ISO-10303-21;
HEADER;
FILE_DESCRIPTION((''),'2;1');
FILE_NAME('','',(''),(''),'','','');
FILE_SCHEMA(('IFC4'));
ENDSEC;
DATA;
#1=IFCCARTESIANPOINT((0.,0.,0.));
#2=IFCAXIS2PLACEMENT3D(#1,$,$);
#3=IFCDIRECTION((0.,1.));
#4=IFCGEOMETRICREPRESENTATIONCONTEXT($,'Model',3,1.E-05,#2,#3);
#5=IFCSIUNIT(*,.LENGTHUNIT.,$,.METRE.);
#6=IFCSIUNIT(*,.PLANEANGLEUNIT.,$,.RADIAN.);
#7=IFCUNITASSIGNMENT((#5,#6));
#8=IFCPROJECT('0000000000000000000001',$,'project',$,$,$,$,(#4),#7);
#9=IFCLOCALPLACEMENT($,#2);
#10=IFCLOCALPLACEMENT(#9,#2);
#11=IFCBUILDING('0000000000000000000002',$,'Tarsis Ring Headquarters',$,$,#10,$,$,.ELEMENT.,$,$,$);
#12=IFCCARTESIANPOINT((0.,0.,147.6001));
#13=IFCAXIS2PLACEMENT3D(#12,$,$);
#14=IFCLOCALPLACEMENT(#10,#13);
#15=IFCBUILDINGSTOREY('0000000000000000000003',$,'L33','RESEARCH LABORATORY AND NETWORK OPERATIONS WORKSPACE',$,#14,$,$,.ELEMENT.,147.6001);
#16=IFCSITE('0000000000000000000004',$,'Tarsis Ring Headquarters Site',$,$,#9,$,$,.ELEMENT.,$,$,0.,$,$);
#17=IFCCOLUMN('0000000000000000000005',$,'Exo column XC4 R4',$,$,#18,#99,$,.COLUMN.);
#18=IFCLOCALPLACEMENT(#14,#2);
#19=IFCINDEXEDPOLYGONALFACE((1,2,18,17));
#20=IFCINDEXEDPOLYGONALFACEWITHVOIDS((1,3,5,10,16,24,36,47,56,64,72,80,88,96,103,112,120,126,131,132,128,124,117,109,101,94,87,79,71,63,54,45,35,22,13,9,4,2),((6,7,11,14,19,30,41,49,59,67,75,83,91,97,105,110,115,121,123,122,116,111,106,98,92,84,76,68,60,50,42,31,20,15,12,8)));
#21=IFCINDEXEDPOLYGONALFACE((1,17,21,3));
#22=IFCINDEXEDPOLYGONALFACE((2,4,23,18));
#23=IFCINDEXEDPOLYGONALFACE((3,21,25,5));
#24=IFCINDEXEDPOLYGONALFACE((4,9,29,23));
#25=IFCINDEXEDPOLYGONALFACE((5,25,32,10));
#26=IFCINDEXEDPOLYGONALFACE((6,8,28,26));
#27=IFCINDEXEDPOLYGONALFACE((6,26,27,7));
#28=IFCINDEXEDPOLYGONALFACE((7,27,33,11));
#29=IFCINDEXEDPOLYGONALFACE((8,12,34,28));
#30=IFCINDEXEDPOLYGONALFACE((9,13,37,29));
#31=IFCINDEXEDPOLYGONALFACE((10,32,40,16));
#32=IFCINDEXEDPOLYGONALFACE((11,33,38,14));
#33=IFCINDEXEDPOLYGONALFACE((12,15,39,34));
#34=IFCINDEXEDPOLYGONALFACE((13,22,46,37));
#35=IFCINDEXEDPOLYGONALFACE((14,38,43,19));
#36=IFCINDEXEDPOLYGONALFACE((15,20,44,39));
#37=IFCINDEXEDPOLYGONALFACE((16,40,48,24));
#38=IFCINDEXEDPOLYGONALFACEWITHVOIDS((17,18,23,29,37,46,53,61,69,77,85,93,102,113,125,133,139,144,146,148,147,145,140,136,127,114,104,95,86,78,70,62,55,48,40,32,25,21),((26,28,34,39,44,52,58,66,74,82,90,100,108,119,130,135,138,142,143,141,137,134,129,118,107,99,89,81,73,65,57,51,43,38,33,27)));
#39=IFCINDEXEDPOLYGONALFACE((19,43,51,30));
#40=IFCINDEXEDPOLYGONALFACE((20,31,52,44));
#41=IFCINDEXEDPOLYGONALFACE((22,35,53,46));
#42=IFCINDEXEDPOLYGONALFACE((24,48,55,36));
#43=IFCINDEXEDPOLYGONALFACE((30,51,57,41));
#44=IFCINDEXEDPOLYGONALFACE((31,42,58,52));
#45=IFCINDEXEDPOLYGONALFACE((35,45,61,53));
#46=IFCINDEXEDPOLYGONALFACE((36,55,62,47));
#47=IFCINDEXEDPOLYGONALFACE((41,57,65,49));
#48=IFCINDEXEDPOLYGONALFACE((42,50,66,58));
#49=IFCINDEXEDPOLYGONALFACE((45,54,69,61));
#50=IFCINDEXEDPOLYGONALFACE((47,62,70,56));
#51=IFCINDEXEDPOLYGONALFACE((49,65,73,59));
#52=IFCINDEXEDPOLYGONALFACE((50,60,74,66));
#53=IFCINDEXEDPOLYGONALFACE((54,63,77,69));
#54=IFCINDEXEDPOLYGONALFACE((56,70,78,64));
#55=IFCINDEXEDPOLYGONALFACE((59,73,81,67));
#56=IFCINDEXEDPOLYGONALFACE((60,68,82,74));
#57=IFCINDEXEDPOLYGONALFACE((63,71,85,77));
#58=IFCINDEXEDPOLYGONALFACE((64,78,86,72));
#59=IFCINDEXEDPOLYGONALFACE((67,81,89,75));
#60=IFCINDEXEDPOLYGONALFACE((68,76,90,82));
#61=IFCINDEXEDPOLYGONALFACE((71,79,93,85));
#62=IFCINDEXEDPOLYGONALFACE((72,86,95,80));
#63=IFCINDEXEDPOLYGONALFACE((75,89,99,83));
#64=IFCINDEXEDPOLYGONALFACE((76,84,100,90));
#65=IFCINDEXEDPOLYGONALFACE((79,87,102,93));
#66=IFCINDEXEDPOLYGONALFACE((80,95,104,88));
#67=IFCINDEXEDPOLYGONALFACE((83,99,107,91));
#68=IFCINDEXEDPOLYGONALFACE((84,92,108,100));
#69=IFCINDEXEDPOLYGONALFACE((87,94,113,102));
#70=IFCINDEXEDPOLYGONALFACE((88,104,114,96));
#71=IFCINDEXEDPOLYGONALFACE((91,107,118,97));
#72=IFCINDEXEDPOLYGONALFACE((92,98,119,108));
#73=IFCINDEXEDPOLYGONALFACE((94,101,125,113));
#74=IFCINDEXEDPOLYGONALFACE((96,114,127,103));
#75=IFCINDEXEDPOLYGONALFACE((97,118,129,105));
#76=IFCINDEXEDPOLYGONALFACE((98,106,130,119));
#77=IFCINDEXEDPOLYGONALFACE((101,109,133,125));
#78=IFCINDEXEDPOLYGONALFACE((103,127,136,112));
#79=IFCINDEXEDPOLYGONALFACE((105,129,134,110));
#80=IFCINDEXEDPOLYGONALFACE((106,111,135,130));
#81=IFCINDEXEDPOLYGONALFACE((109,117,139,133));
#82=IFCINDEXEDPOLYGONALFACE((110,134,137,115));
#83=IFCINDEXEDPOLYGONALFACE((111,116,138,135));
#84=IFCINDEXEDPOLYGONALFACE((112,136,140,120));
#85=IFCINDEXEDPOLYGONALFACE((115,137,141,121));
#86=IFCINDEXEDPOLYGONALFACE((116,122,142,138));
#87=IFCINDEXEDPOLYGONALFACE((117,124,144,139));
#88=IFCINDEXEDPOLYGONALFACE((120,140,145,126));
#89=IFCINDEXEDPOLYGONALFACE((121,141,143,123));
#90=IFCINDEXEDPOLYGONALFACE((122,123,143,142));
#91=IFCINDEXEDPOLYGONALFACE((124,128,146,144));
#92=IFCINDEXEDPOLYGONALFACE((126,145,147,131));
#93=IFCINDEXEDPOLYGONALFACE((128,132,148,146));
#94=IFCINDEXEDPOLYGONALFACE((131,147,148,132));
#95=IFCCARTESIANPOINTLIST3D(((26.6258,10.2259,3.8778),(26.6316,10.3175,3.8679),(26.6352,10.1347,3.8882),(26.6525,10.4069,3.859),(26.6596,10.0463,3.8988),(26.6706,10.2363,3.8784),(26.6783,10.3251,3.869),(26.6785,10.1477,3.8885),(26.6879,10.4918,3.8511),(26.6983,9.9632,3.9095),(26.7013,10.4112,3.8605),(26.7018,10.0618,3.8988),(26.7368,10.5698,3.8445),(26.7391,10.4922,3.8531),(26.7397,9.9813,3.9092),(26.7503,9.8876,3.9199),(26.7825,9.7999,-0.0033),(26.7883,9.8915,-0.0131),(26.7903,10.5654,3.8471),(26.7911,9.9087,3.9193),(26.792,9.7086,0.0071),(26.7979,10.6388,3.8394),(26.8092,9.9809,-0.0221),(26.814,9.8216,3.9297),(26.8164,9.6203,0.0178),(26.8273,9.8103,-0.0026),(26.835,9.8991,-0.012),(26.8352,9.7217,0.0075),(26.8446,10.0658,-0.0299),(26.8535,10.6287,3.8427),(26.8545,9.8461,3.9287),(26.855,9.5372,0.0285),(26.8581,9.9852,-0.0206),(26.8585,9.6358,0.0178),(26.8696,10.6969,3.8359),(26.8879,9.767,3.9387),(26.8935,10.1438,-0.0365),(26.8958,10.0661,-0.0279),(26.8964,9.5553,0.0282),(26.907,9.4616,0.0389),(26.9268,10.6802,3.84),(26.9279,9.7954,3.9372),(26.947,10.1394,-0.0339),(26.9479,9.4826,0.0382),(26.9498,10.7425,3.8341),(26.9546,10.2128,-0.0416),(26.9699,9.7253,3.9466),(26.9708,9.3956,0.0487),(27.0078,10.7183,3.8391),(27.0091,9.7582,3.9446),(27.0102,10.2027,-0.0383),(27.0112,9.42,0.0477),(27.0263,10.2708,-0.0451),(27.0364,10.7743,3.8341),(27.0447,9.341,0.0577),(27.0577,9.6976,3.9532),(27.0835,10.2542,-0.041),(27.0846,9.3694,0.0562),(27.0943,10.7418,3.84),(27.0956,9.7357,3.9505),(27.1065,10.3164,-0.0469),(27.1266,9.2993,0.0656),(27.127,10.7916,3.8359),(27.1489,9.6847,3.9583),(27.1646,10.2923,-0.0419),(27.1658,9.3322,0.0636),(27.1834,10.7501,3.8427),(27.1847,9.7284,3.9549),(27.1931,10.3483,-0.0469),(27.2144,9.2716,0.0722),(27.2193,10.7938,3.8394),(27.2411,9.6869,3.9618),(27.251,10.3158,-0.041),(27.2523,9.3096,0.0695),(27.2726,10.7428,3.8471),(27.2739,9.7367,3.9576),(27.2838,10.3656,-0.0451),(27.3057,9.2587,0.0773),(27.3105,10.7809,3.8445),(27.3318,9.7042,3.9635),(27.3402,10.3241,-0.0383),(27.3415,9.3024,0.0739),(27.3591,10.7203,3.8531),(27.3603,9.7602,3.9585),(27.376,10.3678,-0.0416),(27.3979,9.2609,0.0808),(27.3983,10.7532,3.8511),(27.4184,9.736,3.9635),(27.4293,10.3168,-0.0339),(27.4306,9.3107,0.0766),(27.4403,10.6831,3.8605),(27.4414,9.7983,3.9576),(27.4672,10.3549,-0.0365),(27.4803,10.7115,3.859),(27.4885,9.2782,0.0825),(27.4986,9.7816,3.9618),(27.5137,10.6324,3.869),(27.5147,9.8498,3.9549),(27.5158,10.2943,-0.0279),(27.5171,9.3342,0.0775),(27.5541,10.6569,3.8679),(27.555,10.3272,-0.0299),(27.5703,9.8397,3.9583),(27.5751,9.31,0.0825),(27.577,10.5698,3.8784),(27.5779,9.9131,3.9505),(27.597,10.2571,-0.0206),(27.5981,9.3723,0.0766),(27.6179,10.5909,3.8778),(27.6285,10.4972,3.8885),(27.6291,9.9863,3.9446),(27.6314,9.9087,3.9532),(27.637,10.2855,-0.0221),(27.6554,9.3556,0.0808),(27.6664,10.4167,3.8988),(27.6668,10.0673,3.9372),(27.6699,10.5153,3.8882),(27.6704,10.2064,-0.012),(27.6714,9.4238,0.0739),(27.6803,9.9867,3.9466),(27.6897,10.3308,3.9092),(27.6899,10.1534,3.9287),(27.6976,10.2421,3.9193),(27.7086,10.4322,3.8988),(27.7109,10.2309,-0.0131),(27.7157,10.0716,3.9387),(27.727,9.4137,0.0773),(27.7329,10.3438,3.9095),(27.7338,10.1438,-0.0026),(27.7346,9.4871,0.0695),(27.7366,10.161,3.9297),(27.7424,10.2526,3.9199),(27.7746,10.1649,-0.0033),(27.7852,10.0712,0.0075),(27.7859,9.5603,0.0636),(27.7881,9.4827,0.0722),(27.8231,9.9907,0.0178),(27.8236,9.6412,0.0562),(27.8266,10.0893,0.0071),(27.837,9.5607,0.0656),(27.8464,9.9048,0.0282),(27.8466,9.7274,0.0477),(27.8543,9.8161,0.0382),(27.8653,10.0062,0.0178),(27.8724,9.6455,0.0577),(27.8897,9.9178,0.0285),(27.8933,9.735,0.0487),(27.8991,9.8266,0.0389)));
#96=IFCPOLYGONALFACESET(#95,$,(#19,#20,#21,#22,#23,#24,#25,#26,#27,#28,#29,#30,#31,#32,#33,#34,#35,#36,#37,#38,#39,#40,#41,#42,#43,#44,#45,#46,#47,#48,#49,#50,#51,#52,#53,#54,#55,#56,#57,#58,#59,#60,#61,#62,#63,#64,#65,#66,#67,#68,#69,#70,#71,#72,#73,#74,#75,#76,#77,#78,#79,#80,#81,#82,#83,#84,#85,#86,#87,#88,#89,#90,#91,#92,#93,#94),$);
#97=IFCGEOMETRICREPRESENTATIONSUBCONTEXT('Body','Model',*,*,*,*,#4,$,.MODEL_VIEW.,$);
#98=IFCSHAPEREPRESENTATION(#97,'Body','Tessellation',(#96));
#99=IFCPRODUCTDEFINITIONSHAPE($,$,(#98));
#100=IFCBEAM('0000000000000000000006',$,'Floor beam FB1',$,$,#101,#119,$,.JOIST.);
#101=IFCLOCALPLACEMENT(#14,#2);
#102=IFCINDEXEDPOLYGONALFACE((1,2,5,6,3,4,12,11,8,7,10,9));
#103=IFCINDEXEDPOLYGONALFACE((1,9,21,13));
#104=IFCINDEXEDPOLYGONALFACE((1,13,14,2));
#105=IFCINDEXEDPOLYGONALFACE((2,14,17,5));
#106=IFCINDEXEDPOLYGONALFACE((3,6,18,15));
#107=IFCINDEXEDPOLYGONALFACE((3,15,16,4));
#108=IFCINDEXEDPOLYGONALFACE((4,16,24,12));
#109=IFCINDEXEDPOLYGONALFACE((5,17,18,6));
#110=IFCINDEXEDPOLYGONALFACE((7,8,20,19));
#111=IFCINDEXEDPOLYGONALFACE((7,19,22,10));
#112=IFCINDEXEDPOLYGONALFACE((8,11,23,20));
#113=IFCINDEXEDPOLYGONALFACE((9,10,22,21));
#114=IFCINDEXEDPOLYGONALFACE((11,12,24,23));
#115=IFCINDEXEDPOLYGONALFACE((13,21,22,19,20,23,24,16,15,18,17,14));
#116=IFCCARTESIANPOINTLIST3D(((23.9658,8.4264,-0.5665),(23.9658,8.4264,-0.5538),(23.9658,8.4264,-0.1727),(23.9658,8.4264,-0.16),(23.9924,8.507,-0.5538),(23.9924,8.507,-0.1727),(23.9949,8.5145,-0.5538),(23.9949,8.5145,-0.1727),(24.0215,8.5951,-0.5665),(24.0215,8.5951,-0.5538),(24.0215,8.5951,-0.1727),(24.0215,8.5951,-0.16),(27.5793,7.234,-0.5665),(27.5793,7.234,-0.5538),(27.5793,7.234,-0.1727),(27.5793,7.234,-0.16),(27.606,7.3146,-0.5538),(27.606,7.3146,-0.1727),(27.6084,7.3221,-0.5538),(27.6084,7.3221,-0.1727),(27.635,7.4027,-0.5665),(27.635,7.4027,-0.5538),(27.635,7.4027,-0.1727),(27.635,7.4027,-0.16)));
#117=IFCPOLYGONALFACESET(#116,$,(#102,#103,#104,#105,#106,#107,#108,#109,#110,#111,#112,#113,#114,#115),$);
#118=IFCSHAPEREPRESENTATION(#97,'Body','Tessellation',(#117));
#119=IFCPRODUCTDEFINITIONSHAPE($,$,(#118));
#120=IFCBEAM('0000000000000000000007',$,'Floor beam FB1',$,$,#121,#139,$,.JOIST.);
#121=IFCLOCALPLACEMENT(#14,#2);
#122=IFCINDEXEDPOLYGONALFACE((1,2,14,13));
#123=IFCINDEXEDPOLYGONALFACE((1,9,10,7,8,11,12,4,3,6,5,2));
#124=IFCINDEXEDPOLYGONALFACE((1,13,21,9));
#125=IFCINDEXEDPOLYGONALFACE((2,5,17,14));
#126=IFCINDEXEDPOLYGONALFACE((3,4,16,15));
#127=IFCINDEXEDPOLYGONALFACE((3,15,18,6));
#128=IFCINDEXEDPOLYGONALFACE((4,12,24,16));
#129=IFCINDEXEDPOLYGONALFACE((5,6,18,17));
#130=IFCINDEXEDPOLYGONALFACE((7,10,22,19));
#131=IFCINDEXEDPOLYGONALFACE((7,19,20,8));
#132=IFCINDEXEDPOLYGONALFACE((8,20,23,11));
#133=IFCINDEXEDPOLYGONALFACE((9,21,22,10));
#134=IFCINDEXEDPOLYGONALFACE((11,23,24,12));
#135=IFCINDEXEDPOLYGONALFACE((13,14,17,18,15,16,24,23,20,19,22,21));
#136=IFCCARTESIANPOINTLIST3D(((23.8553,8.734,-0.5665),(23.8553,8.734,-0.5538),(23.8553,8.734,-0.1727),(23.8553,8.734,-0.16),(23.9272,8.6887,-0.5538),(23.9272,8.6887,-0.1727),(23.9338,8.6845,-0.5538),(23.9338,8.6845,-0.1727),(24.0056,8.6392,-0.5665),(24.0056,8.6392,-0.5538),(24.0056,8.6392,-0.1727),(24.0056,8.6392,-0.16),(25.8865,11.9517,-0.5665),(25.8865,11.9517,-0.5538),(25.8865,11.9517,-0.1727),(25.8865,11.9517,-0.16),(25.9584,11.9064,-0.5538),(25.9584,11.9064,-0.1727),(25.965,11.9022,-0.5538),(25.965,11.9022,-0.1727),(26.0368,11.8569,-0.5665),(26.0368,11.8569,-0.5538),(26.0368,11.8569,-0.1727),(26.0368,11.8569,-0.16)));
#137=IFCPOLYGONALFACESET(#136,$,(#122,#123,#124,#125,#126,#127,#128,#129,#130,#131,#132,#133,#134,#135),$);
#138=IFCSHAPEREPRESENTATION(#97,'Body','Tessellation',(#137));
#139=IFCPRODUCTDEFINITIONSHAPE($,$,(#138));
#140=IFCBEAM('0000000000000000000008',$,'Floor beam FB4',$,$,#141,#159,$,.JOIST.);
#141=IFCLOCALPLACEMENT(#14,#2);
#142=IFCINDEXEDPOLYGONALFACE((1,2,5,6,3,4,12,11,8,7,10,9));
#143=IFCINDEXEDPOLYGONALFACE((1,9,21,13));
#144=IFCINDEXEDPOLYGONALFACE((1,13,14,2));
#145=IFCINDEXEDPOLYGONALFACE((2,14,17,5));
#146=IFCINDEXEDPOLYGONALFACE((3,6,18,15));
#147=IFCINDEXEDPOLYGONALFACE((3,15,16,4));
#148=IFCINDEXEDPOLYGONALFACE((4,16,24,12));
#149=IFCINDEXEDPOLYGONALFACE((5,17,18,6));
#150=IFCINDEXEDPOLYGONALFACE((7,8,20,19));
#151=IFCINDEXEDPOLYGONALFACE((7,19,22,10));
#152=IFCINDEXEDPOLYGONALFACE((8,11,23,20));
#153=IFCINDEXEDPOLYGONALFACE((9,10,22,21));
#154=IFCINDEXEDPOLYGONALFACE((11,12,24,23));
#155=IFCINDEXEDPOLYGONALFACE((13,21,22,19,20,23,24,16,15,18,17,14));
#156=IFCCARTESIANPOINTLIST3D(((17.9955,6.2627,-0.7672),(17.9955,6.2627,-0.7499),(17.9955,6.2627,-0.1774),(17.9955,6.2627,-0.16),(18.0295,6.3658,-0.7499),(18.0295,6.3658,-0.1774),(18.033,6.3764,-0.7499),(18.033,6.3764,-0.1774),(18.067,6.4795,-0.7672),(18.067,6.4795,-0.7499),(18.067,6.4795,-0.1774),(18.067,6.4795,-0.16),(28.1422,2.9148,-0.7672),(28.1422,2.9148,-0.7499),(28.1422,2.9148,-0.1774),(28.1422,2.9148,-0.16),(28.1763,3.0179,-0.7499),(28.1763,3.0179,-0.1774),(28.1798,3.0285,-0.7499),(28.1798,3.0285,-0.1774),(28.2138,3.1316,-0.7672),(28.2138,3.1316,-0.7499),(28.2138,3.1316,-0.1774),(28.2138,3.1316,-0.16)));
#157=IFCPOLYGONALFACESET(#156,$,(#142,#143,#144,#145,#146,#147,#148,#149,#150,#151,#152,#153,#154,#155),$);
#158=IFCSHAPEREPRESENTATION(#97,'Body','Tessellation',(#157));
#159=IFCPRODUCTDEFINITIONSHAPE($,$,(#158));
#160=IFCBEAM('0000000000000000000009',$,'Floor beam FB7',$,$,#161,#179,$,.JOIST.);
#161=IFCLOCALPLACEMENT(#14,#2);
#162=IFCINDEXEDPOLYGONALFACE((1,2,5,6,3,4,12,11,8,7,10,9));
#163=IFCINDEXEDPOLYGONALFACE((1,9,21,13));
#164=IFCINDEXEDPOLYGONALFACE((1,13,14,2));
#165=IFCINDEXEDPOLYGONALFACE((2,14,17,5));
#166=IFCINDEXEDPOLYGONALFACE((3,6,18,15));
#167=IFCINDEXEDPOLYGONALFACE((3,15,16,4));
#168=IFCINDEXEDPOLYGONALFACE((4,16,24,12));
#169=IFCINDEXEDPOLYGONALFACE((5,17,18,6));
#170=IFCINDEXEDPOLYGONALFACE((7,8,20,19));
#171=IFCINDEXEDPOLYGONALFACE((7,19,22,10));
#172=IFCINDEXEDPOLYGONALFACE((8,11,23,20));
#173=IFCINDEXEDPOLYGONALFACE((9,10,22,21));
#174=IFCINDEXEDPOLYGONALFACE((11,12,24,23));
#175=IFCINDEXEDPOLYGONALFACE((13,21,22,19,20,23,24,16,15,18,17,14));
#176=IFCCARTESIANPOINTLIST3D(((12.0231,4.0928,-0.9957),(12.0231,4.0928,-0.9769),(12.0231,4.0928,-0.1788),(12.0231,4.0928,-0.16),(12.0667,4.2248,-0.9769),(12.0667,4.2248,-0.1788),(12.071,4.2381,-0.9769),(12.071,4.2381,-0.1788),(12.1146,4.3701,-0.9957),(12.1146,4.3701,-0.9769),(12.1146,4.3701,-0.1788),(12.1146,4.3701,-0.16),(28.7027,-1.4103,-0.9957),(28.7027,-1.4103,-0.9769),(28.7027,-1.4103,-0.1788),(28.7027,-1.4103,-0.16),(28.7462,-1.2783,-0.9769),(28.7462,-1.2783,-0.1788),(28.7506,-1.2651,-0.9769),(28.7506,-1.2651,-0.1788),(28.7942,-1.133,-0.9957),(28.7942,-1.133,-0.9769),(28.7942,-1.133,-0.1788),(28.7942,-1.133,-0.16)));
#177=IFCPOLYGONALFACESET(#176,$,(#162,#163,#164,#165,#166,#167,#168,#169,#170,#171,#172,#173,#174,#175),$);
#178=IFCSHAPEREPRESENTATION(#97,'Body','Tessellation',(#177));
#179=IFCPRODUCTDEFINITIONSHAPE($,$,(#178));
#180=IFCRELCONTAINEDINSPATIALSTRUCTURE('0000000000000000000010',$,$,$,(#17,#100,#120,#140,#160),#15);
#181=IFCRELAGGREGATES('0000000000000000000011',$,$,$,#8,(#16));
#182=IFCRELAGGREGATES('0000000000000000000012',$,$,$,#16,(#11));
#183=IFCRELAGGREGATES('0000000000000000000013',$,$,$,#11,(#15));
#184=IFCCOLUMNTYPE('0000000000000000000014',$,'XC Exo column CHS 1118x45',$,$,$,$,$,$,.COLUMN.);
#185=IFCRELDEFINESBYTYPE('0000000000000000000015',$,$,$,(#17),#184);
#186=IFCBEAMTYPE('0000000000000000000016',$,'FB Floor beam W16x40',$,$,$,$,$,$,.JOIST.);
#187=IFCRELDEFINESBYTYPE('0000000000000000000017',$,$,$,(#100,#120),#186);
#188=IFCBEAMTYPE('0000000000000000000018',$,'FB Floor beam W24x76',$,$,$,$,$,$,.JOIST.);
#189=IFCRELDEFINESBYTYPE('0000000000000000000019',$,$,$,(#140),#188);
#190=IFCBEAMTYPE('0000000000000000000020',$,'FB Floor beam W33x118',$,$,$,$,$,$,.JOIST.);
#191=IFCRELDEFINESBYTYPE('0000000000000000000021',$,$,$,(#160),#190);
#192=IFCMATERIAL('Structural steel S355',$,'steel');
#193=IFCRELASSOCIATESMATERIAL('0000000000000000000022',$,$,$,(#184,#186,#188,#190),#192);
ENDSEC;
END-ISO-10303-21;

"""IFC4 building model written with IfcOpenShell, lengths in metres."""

from ifc_helpers import new_model, si_unit, direction, frame, origin, origin_2d, place, context, subcontext, project, spatial, hollow_circle, i_section, extrude, material, material_profile, profile_set, type_object, element, save


model = new_model("IFC4")

# Units and contexts
model_context = context("Model", 3, precision=1e-05, world=origin(), true_north=direction((0.0, 1.0)))
body_context = subcontext(model_context, "Body", "Model", "MODEL_VIEW")
ifc_project = project(units=[si_unit("LENGTHUNIT", "METRE"), si_unit("PLANEANGLEUNIT", "RADIAN")], contexts=[model_context])

# Site, building, storey
site_placement = place(None, origin())
site = spatial("IfcSite", under=ifc_project, at=site_placement, Name="Tarsis Ring Headquarters Site", CompositionType="ELEMENT", RefElevation=0.0)
building_placement = place(site_placement, origin())
building = spatial("IfcBuilding", under=site, at=building_placement, Name="Tarsis Ring Headquarters", CompositionType="ELEMENT")
storey_placement = place(building_placement, frame((0.0, 0.0, 147.6001)))
storey = spatial("IfcBuildingStorey", under=building, at=storey_placement, Name="L33", Description="RESEARCH LABORATORY AND NETWORK OPERATIONS WORKSPACE", CompositionType="ELEMENT", Elevation=147.6001)

# Column
ifc_material_1 = material(Name="Structural steel S355", Category="steel")
ifc_material_profile_1 = material_profile(ifc_material_1, hollow_circle(Radius=0.5588, WallThickness=0.0449, at=origin_2d()), Name="CHS 1118x45")
ifc_profile_set_1 = profile_set([ifc_material_profile_1], Name="Structural steel S355")
column_type = type_object("IfcColumnType", Name="XC Exo column CHS 1118x45", PredefinedType="COLUMN", material=ifc_profile_set_1)
column_placement = place(storey_placement, frame((27.3408, 9.8132, 0.0178), z_axis=(-0.040112, 0.109026, 0.993229), x_axis=(-0.938499, -0.345282, 0.0)))
element("IfcColumn", 1, at=column_placement, inside=storey, type_object=column_type, Name="Exo column XC4 R4", PredefinedType="COLUMN", context=body_context, shape_type="SweptSolid", body=[
    extrude(hollow_circle(Radius=0.5588, WallThickness=0.0449, at=origin_2d()), origin(), (0.0, 0.0, 1.0), 3.9075),
])

# Beams
ifc_material_profile_2 = material_profile(ifc_material_1, i_section(OverallWidth=0.1777, OverallDepth=0.4065, WebThickness=0.0078, FlangeThickness=0.0127, at=origin_2d()), Name="W16x40")
ifc_profile_set_2 = profile_set([ifc_material_profile_2], Name="Structural steel S355")
beam_type_1 = type_object("IfcBeamType", Name="FB Floor beam W16x40", PredefinedType="JOIST", material=ifc_profile_set_2)
for number, where, z_axis, x_axis, name in (
    (2, (23.9937, 8.5107, -0.3633), (0.949635, -0.313358, 0.0), (0.313358, 0.949635, 0.0), "Floor beam FB1"),
    (3, (25.9617, 11.9043, -0.3633), (-0.5338, -0.845611, 0.0), (0.845611, -0.5338, 0.0), "Floor beam FB1"),
):
    element("IfcBeam", number, at=place(storey_placement, frame(where, z_axis=z_axis, x_axis=x_axis)), inside=storey, type_object=beam_type_1, Name=name, PredefinedType="JOIST", context=body_context, shape_type="SweptSolid", body=[
        extrude(i_section(OverallWidth=0.1777, OverallDepth=0.4065, WebThickness=0.0078, FlangeThickness=0.0127, at=origin_2d()), origin(), (0.0, 0.0, 1.0), 3.8052),
    ])
ifc_material_profile_3 = material_profile(ifc_material_1, i_section(OverallWidth=0.2283, OverallDepth=0.6072, WebThickness=0.0112, FlangeThickness=0.0173, at=origin_2d()), Name="W24x76")
ifc_profile_set_3 = profile_set([ifc_material_profile_3], Name="Structural steel S355")
beam_type_2 = type_object("IfcBeamType", Name="FB Floor beam W24x76", PredefinedType="JOIST", material=ifc_profile_set_3)
beam_1_placement = place(storey_placement, frame((18.0312, 6.3711, -0.4636), z_axis=(0.949643, -0.313334, 0.0), x_axis=(0.313334, 0.949643, 0.0)))
element("IfcBeam", 4, at=beam_1_placement, inside=storey, type_object=beam_type_2, Name="Floor beam FB4", PredefinedType="JOIST", context=body_context, shape_type="SweptSolid", body=[
    extrude(i_section(OverallWidth=0.2283, OverallDepth=0.6072, WebThickness=0.0112, FlangeThickness=0.0173, at=origin_2d()), origin(), (0.0, 0.0, 1.0), 10.6848),
])
ifc_material_profile_4 = material_profile(ifc_material_1, i_section(OverallWidth=0.292, OverallDepth=0.8357, WebThickness=0.0139, FlangeThickness=0.0188, at=origin_2d()), Name="W33x118")
ifc_profile_set_4 = profile_set([ifc_material_profile_4], Name="Structural steel S355")
beam_type_3 = type_object("IfcBeamType", Name="FB Floor beam W33x118", PredefinedType="JOIST", material=ifc_profile_set_4)
beam_2_placement = place(storey_placement, frame((12.0688, 4.2314, -0.5779), z_axis=(0.949648, -0.31332, 0.0), x_axis=(0.31332, 0.949648, 0.0)))
element("IfcBeam", 5, at=beam_2_placement, inside=storey, type_object=beam_type_3, Name="Floor beam FB7", PredefinedType="JOIST", context=body_context, shape_type="SweptSolid", body=[
    extrude(i_section(OverallWidth=0.292, OverallDepth=0.8357, WebThickness=0.0139, FlangeThickness=0.0188, at=origin_2d()), origin(), (0.0, 0.0, 1.0), 17.564),
])

save(model, "model.ifc")
